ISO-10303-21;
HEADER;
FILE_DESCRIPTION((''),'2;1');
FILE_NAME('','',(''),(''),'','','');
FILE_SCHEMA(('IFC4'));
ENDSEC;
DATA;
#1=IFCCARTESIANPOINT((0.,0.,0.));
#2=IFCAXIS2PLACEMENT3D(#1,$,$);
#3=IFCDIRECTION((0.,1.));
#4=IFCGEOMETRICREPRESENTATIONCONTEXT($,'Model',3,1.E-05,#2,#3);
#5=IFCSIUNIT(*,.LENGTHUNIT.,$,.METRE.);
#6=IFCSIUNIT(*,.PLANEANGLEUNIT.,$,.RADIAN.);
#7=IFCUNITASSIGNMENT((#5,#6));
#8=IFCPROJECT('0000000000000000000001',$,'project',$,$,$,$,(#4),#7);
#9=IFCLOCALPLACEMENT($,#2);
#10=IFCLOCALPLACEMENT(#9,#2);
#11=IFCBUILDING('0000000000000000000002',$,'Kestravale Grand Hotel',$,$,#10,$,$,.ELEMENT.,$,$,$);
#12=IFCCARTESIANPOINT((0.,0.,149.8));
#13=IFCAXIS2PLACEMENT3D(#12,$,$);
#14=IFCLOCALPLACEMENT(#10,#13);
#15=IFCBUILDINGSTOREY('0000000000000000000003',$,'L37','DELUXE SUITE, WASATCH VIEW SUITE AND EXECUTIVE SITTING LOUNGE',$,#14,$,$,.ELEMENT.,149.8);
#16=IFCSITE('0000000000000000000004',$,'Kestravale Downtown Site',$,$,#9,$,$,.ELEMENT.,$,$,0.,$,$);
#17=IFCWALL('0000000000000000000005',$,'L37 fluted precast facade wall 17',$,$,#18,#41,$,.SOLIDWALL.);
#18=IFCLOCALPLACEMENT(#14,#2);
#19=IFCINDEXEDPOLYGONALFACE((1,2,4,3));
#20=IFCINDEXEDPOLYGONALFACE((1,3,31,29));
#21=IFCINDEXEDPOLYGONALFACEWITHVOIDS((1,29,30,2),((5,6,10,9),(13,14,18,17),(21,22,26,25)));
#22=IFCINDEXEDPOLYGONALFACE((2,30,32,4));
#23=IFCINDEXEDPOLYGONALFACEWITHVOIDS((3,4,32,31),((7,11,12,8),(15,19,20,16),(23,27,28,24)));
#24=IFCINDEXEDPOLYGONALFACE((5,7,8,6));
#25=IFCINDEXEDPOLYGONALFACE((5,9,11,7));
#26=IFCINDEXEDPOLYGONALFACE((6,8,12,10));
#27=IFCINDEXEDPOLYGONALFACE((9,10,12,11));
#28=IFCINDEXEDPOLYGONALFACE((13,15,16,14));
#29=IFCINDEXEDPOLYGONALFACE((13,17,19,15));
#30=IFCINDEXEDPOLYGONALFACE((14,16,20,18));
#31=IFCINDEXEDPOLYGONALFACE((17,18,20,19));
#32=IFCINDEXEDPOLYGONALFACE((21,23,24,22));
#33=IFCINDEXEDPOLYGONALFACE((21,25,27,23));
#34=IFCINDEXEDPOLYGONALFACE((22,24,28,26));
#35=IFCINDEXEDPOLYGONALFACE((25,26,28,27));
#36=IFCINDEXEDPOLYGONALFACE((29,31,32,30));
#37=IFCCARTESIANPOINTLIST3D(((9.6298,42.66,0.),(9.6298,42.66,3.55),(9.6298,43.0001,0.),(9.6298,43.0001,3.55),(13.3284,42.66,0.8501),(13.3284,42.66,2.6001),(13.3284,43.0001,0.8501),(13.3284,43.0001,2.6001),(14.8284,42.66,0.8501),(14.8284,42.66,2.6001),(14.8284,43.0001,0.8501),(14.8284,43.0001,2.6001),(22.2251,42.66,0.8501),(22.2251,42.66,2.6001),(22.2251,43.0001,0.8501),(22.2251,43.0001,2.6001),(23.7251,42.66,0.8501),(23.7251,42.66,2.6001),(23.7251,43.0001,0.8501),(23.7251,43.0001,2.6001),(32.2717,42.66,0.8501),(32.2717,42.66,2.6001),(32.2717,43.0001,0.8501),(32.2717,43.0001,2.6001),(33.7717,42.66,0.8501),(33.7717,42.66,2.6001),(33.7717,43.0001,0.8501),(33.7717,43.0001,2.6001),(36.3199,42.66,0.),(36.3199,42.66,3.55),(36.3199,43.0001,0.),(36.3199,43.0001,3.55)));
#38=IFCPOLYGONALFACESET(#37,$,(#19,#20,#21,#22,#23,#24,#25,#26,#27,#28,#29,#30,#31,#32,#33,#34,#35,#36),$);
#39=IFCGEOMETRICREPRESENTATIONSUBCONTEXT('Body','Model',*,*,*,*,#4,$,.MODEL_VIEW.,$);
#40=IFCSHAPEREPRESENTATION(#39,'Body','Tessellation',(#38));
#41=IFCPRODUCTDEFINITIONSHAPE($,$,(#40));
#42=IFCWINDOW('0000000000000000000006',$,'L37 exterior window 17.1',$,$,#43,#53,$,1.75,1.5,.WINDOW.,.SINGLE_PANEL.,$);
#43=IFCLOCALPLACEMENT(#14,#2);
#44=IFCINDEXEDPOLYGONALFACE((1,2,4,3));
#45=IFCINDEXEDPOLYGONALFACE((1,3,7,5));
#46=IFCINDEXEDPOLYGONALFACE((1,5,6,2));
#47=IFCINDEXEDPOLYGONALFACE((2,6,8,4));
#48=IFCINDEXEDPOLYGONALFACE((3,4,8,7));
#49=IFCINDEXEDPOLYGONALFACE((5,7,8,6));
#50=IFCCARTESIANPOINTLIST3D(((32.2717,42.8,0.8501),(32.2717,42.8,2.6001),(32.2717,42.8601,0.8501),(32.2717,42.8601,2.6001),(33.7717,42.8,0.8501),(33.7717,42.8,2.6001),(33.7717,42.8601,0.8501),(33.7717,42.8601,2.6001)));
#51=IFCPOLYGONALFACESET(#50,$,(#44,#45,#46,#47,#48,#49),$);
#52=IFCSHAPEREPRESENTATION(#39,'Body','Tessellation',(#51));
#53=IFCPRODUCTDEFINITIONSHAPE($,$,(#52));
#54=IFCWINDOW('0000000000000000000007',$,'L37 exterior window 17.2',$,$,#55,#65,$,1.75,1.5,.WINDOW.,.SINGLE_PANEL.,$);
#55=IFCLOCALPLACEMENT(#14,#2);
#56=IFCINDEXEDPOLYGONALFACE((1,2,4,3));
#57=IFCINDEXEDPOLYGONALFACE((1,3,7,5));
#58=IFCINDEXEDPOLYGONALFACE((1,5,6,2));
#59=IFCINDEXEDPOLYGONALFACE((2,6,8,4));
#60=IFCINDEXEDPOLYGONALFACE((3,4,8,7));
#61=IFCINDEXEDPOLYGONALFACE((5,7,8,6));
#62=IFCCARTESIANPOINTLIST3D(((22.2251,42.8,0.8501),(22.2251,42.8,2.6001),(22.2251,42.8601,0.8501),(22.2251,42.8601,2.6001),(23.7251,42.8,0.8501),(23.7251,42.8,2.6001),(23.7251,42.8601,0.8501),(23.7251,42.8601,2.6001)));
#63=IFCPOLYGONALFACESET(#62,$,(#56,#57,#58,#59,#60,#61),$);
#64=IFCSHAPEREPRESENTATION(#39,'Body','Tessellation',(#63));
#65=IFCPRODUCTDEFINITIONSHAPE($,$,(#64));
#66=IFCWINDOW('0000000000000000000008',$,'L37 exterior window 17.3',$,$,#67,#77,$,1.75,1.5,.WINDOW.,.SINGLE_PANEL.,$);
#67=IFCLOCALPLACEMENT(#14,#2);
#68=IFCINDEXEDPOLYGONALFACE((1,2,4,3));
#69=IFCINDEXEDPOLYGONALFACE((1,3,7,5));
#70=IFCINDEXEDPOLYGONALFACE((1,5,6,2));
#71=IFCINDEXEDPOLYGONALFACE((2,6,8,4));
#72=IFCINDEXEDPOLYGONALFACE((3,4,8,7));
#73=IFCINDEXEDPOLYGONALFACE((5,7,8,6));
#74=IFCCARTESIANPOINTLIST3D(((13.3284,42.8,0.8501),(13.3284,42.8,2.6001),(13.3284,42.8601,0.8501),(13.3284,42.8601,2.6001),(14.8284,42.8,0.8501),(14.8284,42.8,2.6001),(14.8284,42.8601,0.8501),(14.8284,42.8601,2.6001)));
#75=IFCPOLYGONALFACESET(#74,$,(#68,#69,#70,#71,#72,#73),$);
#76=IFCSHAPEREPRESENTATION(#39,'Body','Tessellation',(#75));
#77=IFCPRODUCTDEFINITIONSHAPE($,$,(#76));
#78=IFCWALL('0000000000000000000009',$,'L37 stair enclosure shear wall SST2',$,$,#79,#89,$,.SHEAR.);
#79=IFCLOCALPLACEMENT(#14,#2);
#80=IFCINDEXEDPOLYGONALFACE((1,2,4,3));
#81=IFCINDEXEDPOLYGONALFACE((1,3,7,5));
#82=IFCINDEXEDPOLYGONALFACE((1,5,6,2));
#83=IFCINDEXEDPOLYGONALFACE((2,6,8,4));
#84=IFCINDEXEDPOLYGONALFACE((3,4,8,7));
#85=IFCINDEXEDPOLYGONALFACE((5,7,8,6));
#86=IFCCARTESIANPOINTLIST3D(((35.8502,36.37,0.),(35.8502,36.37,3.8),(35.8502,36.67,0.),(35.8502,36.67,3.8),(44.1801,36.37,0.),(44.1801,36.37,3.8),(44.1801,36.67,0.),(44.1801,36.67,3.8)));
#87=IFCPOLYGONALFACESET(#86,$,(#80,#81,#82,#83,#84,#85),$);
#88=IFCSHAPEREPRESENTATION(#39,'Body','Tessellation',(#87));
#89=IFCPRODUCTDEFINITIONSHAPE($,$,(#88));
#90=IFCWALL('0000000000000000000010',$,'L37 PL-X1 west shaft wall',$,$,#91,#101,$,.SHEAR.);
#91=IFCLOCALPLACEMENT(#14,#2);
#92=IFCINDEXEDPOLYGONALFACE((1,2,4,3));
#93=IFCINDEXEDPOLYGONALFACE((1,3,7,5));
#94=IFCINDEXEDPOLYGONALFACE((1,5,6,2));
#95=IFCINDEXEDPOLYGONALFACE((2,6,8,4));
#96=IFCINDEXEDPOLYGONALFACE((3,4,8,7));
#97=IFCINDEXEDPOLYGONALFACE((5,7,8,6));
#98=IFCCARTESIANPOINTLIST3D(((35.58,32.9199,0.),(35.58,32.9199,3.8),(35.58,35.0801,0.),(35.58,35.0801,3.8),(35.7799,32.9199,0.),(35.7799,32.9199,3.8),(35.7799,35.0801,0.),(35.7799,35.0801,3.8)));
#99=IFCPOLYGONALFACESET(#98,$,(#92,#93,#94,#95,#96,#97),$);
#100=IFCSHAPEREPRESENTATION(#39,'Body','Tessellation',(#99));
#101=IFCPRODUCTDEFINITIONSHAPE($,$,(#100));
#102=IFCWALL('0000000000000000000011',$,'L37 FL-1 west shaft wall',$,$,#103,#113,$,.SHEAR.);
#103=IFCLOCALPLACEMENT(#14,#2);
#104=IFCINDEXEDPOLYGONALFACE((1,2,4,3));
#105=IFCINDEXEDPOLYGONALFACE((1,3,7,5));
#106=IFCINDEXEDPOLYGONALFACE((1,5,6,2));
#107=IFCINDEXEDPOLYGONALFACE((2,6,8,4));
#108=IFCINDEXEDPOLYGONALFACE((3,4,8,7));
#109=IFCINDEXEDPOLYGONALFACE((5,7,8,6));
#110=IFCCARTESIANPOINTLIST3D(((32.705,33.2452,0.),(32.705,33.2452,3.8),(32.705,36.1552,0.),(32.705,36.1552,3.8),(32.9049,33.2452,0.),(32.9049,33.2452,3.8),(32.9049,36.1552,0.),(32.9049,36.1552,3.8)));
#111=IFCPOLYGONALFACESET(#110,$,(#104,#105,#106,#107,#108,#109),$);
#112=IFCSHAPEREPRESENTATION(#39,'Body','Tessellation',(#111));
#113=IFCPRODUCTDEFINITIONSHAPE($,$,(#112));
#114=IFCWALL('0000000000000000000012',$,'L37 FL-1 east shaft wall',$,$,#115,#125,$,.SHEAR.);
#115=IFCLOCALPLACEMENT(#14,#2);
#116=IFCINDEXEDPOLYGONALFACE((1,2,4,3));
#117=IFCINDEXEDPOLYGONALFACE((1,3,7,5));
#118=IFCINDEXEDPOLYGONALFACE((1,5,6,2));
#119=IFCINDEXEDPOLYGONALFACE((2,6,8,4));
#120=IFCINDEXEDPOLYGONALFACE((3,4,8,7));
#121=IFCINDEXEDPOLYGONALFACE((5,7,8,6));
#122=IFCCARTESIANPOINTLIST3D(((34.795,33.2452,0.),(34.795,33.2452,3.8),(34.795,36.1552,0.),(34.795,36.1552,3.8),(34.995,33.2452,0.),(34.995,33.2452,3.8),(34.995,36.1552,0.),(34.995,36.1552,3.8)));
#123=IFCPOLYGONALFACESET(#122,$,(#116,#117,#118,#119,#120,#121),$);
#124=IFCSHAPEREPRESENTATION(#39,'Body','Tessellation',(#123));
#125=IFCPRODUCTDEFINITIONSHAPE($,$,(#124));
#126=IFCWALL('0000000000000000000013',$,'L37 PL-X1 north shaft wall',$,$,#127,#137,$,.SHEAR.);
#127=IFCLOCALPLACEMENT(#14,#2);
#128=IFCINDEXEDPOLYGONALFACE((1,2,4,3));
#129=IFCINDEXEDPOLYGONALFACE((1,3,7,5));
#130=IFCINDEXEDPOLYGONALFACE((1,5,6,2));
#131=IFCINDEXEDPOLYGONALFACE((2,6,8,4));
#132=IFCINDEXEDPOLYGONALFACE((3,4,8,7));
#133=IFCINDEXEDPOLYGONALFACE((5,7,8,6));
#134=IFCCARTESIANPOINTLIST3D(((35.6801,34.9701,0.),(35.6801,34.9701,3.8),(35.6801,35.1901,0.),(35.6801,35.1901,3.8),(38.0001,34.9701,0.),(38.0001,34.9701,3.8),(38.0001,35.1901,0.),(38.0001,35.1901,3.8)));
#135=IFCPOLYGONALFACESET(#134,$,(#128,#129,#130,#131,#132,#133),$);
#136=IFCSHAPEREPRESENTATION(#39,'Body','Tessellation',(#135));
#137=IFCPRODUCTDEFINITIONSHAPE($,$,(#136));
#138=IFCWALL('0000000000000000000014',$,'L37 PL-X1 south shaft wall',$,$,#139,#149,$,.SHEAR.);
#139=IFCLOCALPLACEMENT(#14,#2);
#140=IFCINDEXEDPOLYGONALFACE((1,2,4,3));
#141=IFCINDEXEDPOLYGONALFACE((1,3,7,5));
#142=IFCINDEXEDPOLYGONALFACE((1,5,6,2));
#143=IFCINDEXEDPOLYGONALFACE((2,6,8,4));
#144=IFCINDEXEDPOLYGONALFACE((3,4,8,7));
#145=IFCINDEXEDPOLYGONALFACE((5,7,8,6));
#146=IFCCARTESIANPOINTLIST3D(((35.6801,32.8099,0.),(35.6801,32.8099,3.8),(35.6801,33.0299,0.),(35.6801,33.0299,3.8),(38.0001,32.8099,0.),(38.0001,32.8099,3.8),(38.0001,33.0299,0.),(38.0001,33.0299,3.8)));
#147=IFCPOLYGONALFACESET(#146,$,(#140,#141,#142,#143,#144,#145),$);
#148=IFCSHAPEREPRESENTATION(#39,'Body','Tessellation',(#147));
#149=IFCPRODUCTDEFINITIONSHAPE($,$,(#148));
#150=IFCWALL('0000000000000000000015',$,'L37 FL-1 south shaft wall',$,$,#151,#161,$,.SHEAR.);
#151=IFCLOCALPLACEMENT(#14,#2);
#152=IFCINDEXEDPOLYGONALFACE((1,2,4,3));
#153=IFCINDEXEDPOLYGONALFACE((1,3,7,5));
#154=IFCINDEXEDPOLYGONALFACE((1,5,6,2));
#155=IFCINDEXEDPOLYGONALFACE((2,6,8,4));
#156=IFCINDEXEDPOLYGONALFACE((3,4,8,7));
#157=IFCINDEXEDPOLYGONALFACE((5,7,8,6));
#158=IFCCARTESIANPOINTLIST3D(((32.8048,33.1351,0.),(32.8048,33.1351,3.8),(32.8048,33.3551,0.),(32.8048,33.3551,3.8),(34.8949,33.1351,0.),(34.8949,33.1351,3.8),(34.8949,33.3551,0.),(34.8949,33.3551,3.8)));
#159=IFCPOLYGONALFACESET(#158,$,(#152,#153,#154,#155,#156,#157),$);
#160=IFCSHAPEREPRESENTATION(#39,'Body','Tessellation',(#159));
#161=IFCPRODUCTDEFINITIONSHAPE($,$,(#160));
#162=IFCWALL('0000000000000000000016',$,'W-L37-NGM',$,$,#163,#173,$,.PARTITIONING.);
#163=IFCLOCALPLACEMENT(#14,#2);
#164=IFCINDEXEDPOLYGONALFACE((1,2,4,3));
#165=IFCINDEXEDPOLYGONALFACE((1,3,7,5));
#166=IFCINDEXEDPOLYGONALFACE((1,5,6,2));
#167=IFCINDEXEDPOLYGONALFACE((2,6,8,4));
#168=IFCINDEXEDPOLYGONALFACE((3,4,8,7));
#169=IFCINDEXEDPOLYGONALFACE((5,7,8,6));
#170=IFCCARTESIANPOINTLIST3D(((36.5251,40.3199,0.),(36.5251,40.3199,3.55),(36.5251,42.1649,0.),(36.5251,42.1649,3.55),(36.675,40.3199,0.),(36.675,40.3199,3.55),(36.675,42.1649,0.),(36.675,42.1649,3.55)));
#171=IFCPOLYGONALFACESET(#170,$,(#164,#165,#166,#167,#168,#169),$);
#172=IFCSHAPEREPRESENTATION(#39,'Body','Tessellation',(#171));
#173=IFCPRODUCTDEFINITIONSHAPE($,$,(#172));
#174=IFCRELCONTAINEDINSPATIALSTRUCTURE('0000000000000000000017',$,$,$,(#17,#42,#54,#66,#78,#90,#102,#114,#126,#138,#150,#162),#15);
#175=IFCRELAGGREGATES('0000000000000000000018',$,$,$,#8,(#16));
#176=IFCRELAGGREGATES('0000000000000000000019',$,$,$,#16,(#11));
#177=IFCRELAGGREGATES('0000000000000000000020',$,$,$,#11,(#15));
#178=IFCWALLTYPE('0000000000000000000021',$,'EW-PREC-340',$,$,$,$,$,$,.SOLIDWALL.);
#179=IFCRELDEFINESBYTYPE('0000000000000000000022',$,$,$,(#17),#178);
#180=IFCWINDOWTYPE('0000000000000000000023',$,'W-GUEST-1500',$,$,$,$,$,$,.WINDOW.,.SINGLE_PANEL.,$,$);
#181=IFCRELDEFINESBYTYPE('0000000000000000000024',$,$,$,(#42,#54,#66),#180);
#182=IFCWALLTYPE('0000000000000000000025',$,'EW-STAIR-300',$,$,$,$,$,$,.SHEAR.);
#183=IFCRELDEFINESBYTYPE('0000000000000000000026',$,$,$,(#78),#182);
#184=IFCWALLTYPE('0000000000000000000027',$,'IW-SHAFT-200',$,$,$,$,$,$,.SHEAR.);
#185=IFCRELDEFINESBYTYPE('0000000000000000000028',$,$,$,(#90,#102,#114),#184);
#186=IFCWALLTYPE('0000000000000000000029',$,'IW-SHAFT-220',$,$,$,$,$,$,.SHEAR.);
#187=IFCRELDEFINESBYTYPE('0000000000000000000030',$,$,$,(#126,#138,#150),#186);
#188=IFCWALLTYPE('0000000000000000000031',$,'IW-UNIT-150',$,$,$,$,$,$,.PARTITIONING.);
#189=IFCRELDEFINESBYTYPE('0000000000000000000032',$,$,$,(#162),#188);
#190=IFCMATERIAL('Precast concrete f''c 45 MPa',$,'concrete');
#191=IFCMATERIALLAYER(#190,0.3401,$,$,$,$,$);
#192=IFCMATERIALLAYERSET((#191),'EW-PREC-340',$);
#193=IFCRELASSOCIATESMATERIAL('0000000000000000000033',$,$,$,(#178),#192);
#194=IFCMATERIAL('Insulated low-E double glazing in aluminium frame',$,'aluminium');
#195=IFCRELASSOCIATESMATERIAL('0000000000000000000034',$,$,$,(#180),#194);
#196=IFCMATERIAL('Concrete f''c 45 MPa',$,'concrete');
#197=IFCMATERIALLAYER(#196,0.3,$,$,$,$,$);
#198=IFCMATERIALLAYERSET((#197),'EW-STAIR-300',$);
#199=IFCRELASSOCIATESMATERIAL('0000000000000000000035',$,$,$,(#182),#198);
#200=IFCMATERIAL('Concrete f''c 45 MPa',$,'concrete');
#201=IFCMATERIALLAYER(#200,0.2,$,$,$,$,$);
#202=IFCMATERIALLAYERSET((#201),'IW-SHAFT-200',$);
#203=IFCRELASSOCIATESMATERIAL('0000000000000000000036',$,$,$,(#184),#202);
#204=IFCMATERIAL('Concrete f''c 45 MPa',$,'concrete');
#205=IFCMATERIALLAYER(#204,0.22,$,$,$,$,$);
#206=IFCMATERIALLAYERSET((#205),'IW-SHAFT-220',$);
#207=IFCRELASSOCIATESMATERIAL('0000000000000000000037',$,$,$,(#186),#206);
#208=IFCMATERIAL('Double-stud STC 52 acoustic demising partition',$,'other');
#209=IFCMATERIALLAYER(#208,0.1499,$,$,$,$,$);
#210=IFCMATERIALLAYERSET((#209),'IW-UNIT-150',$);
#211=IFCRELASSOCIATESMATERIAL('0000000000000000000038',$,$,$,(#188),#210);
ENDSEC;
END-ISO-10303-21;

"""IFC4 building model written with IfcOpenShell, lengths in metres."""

from ifc_helpers import new_model, si_unit, direction, frame, frame_2d, origin, place, context, subcontext, project, spatial, rectangle, extrude, material, layer, layer_set, type_object, element, fill, save


model = new_model("IFC4")

# Units and contexts
model_context = context("Model", 3, precision=1e-05, world=origin(), true_north=direction((0.0, 1.0)))
body_context = subcontext(model_context, "Body", "Model", "MODEL_VIEW")
ifc_project = project(units=[si_unit("LENGTHUNIT", "METRE"), si_unit("PLANEANGLEUNIT", "RADIAN")], contexts=[model_context])

# Site, building, storey
site_placement = place(None, origin())
site = spatial("IfcSite", under=ifc_project, at=site_placement, Name="Kestravale Downtown Site", CompositionType="ELEMENT", RefElevation=0.0)
building_placement = place(site_placement, origin())
building = spatial("IfcBuilding", under=site, at=building_placement, Name="Kestravale Grand Hotel", CompositionType="ELEMENT")
storey_placement = place(building_placement, frame((0.0, 0.0, 149.8)))
storey = spatial("IfcBuildingStorey", under=building, at=storey_placement, Name="L37", Description="DELUXE SUITE, WASATCH VIEW SUITE AND EXECUTIVE SITTING LOUNGE", CompositionType="ELEMENT", Elevation=149.8)

# Shared definitions
ifc_material_1 = material(Name="Precast concrete f'c 45 MPa", Category="concrete")
ifc_layer_1 = layer(ifc_material_1, 0.3401)
ifc_layer_set_1 = layer_set([ifc_layer_1], Name="EW-PREC-340")
wall_type_1 = type_object("IfcWallType", Name="EW-PREC-340", PredefinedType="SOLIDWALL", material=ifc_layer_set_1)

# Wall, openings, windows
wall_1_placement = place(storey_placement, frame((36.3201, 42.8301, 0.0), z_axis=(0.0, 0.0, 1.0), x_axis=(-1.0, 0.0, 0.0)))
wall_1 = element("IfcWall", 1, at=wall_1_placement, inside=storey, type_object=wall_type_1, Name="L37 fluted precast facade wall 17", PredefinedType="SOLIDWALL", context=body_context, shape_type="SweptSolid", body=[
    extrude(rectangle(XDim=26.6902, YDim=0.3401, at=frame_2d((13.3452, 0.0))), origin(), (0.0, 0.0, 1.0), 3.55),
])
opening_1_placement = place(wall_1_placement, frame((2.5483, 0.0, 0.8501)))
opening_1 = element("IfcOpeningElement", 2, at=opening_1_placement, cuts=wall_1, PredefinedType="OPENING", context=body_context, shape_type="SweptSolid", body=[
    extrude(rectangle(XDim=1.5, YDim=1.75, at=frame_2d((0.75, 0.875))), frame((0.0, 0.1799, 0.0), z_axis=(0.0, -1.0, 0.0), x_axis=(1.0, 0.0, 0.0)), (0.0, 0.0, 1.0), 0.3601),
])
opening_2_placement = place(wall_1_placement, frame((12.595, 0.0, 0.8501)))
opening_2 = element("IfcOpeningElement", 3, at=opening_2_placement, cuts=wall_1, PredefinedType="OPENING", context=body_context, shape_type="SweptSolid", body=[
    extrude(rectangle(XDim=1.5, YDim=1.75, at=frame_2d((0.75, 0.875))), frame((0.0, 0.1799, 0.0), z_axis=(0.0, -1.0, 0.0), x_axis=(1.0, 0.0, 0.0)), (0.0, 0.0, 1.0), 0.3601),
])
opening_3_placement = place(wall_1_placement, frame((21.4917, 0.0, 0.8501)))
opening_3 = element("IfcOpeningElement", 4, at=opening_3_placement, cuts=wall_1, PredefinedType="OPENING", context=body_context, shape_type="SweptSolid", body=[
    extrude(rectangle(XDim=1.5, YDim=1.75, at=frame_2d((0.75, 0.875))), frame((0.0, 0.1799, 0.0), z_axis=(0.0, -1.0, 0.0), x_axis=(1.0, 0.0, 0.0)), (0.0, 0.0, 1.0), 0.3601),
])
ifc_material_2 = material(Name="Insulated low-E double glazing in aluminium frame", Category="aluminium")
window_type = type_object("IfcWindowType", Name="W-GUEST-1500", PartitioningType="SINGLE_PANEL", PredefinedType="WINDOW", material=ifc_material_2)
window_1_placement = place(opening_1_placement, origin())
window_1 = element("IfcWindow", 5, at=window_1_placement, inside=storey, type_object=window_type, Name="L37 exterior window 17.1", OverallHeight=1.75, OverallWidth=1.5, PartitioningType="SINGLE_PANEL", PredefinedType="WINDOW", context=body_context, shape_type="SweptSolid", body=[
    extrude(rectangle(XDim=1.5, YDim=1.75, at=frame_2d((0.75, 0.875))), frame((0.0, 0.03, 0.0), z_axis=(0.0, -1.0, 0.0), x_axis=(1.0, 0.0, 0.0)), (0.0, 0.0, 1.0), 0.0601),
])
fill(opening_1, window_1)
window_2_placement = place(opening_2_placement, origin())
window_2 = element("IfcWindow", 6, at=window_2_placement, inside=storey, type_object=window_type, Name="L37 exterior window 17.2", OverallHeight=1.75, OverallWidth=1.5, PartitioningType="SINGLE_PANEL", PredefinedType="WINDOW", context=body_context, shape_type="SweptSolid", body=[
    extrude(rectangle(XDim=1.5, YDim=1.75, at=frame_2d((0.75, 0.875))), frame((0.0, 0.03, 0.0), z_axis=(0.0, -1.0, 0.0), x_axis=(1.0, 0.0, 0.0)), (0.0, 0.0, 1.0), 0.0601),
])
fill(opening_2, window_2)
window_3_placement = place(opening_3_placement, origin())
window_3 = element("IfcWindow", 7, at=window_3_placement, inside=storey, type_object=window_type, Name="L37 exterior window 17.3", OverallHeight=1.75, OverallWidth=1.5, PartitioningType="SINGLE_PANEL", PredefinedType="WINDOW", context=body_context, shape_type="SweptSolid", body=[
    extrude(rectangle(XDim=1.5, YDim=1.75, at=frame_2d((0.75, 0.875))), frame((0.0, 0.03, 0.0), z_axis=(0.0, -1.0, 0.0), x_axis=(1.0, 0.0, 0.0)), (0.0, 0.0, 1.0), 0.0601),
])
fill(opening_3, window_3)

# Wall
ifc_material_3 = material(Name="Concrete f'c 45 MPa", Category="concrete")
ifc_layer_2 = layer(ifc_material_3, 0.3)
ifc_layer_set_2 = layer_set([ifc_layer_2], Name="EW-STAIR-300")
wall_type_2 = type_object("IfcWallType", Name="EW-STAIR-300", PredefinedType="SHEAR", material=ifc_layer_set_2)
wall_2_placement = place(storey_placement, frame((35.8501, 36.52, 0.0), z_axis=(0.0, 0.0, 1.0), x_axis=(1.0, 0.0, 0.0)))
element("IfcWall", 8, at=wall_2_placement, inside=storey, type_object=wall_type_2, Name="L37 stair enclosure shear wall SST2", PredefinedType="SHEAR", context=body_context, shape_type="SweptSolid", body=[
    extrude(rectangle(XDim=8.3298, YDim=0.3, at=frame_2d((4.165, 0.0))), origin(), (0.0, 0.0, 1.0), 3.8),
])

# Walls
ifc_material_4 = material(Name="Concrete f'c 45 MPa", Category="concrete")
ifc_layer_3 = layer(ifc_material_4, 0.2)
ifc_layer_set_3 = layer_set([ifc_layer_3], Name="IW-SHAFT-200")
wall_type_3 = type_object("IfcWallType", Name="IW-SHAFT-200", PredefinedType="SHEAR", material=ifc_layer_set_3)
wall_3_placement = place(storey_placement, frame((35.6799, 32.9199, 0.0), z_axis=(0.0, 0.0, 1.0), x_axis=(0.0, 1.0, 0.0)))
element("IfcWall", 9, at=wall_3_placement, inside=storey, type_object=wall_type_3, Name="L37 PL-X1 west shaft wall", PredefinedType="SHEAR", context=body_context, shape_type="SweptSolid", body=[
    extrude(rectangle(XDim=2.1602, YDim=0.2, at=frame_2d((1.0801, 0.0))), origin(), (0.0, 0.0, 1.0), 3.8),
])
for number, where, z_axis, x_axis, name in (
    (10, (32.8049, 33.2451, 0.0), (0.0, 0.0, 1.0), (0.0, 1.0, 0.0), "L37 FL-1 west shaft wall"),
    (11, (34.895, 33.2451, 0.0), (0.0, 0.0, 1.0), (0.0, 1.0, 0.0), "L37 FL-1 east shaft wall"),
):
    element("IfcWall", number, at=place(storey_placement, frame(where, z_axis=z_axis, x_axis=x_axis)), inside=storey, type_object=wall_type_3, Name=name, PredefinedType="SHEAR", context=body_context, shape_type="SweptSolid", body=[
        extrude(rectangle(XDim=2.9099, YDim=0.2, at=frame_2d((1.4551, 0.0))), origin(), (0.0, 0.0, 1.0), 3.8),
    ])
ifc_material_5 = material(Name="Concrete f'c 45 MPa", Category="concrete")
ifc_layer_4 = layer(ifc_material_5, 0.22)
ifc_layer_set_4 = layer_set([ifc_layer_4], Name="IW-SHAFT-220")
wall_type_4 = type_object("IfcWallType", Name="IW-SHAFT-220", PredefinedType="SHEAR", material=ifc_layer_set_4)
for number, where, z_axis, x_axis, name in (
    (12, (35.6799, 35.0801, 0.0), (0.0, 0.0, 1.0), (1.0, 0.0, 0.0), "L37 PL-X1 north shaft wall"),
    (13, (35.6799, 32.9199, 0.0), (0.0, 0.0, 1.0), (1.0, 0.0, 0.0), "L37 PL-X1 south shaft wall"),
):
    element("IfcWall", number, at=place(storey_placement, frame(where, z_axis=z_axis, x_axis=x_axis)), inside=storey, type_object=wall_type_4, Name=name, PredefinedType="SHEAR", context=body_context, shape_type="SweptSolid", body=[
        extrude(rectangle(XDim=2.3201, YDim=0.22, at=frame_2d((1.1602, 0.0))), origin(), (0.0, 0.0, 1.0), 3.8),
    ])

# Walls
wall_4_placement = place(storey_placement, frame((32.8049, 33.2451, 0.0), z_axis=(0.0, 0.0, 1.0), x_axis=(1.0, 0.0, 0.0)))
element("IfcWall", 14, at=wall_4_placement, inside=storey, type_object=wall_type_4, Name="L37 FL-1 south shaft wall", PredefinedType="SHEAR", context=body_context, shape_type="SweptSolid", body=[
    extrude(rectangle(XDim=2.0901, YDim=0.22, at=frame_2d((1.0449, 0.0))), origin(), (0.0, 0.0, 1.0), 3.8),
])
ifc_material_6 = material(Name="Double-stud STC 52 acoustic demising partition", Category="other")
ifc_layer_5 = layer(ifc_material_6, 0.1499)
ifc_layer_set_5 = layer_set([ifc_layer_5], Name="IW-UNIT-150")
wall_type_5 = type_object("IfcWallType", Name="IW-UNIT-150", PredefinedType="PARTITIONING", material=ifc_layer_set_5)
wall_5_placement = place(storey_placement, frame((36.6001, 40.3201, 0.0), z_axis=(0.0, 0.0, 1.0), x_axis=(0.0, 1.0, 0.0)))
element("IfcWall", 15, at=wall_5_placement, inside=storey, type_object=wall_type_5, Name="W-L37-NGM", PredefinedType="PARTITIONING", context=body_context, shape_type="SweptSolid", body=[
    extrude(rectangle(XDim=1.845, YDim=0.1499, at=frame_2d((0.9224, 0.0))), origin(), (0.0, 0.0, 1.0), 3.55),
])

save(model, "model.ifc")
